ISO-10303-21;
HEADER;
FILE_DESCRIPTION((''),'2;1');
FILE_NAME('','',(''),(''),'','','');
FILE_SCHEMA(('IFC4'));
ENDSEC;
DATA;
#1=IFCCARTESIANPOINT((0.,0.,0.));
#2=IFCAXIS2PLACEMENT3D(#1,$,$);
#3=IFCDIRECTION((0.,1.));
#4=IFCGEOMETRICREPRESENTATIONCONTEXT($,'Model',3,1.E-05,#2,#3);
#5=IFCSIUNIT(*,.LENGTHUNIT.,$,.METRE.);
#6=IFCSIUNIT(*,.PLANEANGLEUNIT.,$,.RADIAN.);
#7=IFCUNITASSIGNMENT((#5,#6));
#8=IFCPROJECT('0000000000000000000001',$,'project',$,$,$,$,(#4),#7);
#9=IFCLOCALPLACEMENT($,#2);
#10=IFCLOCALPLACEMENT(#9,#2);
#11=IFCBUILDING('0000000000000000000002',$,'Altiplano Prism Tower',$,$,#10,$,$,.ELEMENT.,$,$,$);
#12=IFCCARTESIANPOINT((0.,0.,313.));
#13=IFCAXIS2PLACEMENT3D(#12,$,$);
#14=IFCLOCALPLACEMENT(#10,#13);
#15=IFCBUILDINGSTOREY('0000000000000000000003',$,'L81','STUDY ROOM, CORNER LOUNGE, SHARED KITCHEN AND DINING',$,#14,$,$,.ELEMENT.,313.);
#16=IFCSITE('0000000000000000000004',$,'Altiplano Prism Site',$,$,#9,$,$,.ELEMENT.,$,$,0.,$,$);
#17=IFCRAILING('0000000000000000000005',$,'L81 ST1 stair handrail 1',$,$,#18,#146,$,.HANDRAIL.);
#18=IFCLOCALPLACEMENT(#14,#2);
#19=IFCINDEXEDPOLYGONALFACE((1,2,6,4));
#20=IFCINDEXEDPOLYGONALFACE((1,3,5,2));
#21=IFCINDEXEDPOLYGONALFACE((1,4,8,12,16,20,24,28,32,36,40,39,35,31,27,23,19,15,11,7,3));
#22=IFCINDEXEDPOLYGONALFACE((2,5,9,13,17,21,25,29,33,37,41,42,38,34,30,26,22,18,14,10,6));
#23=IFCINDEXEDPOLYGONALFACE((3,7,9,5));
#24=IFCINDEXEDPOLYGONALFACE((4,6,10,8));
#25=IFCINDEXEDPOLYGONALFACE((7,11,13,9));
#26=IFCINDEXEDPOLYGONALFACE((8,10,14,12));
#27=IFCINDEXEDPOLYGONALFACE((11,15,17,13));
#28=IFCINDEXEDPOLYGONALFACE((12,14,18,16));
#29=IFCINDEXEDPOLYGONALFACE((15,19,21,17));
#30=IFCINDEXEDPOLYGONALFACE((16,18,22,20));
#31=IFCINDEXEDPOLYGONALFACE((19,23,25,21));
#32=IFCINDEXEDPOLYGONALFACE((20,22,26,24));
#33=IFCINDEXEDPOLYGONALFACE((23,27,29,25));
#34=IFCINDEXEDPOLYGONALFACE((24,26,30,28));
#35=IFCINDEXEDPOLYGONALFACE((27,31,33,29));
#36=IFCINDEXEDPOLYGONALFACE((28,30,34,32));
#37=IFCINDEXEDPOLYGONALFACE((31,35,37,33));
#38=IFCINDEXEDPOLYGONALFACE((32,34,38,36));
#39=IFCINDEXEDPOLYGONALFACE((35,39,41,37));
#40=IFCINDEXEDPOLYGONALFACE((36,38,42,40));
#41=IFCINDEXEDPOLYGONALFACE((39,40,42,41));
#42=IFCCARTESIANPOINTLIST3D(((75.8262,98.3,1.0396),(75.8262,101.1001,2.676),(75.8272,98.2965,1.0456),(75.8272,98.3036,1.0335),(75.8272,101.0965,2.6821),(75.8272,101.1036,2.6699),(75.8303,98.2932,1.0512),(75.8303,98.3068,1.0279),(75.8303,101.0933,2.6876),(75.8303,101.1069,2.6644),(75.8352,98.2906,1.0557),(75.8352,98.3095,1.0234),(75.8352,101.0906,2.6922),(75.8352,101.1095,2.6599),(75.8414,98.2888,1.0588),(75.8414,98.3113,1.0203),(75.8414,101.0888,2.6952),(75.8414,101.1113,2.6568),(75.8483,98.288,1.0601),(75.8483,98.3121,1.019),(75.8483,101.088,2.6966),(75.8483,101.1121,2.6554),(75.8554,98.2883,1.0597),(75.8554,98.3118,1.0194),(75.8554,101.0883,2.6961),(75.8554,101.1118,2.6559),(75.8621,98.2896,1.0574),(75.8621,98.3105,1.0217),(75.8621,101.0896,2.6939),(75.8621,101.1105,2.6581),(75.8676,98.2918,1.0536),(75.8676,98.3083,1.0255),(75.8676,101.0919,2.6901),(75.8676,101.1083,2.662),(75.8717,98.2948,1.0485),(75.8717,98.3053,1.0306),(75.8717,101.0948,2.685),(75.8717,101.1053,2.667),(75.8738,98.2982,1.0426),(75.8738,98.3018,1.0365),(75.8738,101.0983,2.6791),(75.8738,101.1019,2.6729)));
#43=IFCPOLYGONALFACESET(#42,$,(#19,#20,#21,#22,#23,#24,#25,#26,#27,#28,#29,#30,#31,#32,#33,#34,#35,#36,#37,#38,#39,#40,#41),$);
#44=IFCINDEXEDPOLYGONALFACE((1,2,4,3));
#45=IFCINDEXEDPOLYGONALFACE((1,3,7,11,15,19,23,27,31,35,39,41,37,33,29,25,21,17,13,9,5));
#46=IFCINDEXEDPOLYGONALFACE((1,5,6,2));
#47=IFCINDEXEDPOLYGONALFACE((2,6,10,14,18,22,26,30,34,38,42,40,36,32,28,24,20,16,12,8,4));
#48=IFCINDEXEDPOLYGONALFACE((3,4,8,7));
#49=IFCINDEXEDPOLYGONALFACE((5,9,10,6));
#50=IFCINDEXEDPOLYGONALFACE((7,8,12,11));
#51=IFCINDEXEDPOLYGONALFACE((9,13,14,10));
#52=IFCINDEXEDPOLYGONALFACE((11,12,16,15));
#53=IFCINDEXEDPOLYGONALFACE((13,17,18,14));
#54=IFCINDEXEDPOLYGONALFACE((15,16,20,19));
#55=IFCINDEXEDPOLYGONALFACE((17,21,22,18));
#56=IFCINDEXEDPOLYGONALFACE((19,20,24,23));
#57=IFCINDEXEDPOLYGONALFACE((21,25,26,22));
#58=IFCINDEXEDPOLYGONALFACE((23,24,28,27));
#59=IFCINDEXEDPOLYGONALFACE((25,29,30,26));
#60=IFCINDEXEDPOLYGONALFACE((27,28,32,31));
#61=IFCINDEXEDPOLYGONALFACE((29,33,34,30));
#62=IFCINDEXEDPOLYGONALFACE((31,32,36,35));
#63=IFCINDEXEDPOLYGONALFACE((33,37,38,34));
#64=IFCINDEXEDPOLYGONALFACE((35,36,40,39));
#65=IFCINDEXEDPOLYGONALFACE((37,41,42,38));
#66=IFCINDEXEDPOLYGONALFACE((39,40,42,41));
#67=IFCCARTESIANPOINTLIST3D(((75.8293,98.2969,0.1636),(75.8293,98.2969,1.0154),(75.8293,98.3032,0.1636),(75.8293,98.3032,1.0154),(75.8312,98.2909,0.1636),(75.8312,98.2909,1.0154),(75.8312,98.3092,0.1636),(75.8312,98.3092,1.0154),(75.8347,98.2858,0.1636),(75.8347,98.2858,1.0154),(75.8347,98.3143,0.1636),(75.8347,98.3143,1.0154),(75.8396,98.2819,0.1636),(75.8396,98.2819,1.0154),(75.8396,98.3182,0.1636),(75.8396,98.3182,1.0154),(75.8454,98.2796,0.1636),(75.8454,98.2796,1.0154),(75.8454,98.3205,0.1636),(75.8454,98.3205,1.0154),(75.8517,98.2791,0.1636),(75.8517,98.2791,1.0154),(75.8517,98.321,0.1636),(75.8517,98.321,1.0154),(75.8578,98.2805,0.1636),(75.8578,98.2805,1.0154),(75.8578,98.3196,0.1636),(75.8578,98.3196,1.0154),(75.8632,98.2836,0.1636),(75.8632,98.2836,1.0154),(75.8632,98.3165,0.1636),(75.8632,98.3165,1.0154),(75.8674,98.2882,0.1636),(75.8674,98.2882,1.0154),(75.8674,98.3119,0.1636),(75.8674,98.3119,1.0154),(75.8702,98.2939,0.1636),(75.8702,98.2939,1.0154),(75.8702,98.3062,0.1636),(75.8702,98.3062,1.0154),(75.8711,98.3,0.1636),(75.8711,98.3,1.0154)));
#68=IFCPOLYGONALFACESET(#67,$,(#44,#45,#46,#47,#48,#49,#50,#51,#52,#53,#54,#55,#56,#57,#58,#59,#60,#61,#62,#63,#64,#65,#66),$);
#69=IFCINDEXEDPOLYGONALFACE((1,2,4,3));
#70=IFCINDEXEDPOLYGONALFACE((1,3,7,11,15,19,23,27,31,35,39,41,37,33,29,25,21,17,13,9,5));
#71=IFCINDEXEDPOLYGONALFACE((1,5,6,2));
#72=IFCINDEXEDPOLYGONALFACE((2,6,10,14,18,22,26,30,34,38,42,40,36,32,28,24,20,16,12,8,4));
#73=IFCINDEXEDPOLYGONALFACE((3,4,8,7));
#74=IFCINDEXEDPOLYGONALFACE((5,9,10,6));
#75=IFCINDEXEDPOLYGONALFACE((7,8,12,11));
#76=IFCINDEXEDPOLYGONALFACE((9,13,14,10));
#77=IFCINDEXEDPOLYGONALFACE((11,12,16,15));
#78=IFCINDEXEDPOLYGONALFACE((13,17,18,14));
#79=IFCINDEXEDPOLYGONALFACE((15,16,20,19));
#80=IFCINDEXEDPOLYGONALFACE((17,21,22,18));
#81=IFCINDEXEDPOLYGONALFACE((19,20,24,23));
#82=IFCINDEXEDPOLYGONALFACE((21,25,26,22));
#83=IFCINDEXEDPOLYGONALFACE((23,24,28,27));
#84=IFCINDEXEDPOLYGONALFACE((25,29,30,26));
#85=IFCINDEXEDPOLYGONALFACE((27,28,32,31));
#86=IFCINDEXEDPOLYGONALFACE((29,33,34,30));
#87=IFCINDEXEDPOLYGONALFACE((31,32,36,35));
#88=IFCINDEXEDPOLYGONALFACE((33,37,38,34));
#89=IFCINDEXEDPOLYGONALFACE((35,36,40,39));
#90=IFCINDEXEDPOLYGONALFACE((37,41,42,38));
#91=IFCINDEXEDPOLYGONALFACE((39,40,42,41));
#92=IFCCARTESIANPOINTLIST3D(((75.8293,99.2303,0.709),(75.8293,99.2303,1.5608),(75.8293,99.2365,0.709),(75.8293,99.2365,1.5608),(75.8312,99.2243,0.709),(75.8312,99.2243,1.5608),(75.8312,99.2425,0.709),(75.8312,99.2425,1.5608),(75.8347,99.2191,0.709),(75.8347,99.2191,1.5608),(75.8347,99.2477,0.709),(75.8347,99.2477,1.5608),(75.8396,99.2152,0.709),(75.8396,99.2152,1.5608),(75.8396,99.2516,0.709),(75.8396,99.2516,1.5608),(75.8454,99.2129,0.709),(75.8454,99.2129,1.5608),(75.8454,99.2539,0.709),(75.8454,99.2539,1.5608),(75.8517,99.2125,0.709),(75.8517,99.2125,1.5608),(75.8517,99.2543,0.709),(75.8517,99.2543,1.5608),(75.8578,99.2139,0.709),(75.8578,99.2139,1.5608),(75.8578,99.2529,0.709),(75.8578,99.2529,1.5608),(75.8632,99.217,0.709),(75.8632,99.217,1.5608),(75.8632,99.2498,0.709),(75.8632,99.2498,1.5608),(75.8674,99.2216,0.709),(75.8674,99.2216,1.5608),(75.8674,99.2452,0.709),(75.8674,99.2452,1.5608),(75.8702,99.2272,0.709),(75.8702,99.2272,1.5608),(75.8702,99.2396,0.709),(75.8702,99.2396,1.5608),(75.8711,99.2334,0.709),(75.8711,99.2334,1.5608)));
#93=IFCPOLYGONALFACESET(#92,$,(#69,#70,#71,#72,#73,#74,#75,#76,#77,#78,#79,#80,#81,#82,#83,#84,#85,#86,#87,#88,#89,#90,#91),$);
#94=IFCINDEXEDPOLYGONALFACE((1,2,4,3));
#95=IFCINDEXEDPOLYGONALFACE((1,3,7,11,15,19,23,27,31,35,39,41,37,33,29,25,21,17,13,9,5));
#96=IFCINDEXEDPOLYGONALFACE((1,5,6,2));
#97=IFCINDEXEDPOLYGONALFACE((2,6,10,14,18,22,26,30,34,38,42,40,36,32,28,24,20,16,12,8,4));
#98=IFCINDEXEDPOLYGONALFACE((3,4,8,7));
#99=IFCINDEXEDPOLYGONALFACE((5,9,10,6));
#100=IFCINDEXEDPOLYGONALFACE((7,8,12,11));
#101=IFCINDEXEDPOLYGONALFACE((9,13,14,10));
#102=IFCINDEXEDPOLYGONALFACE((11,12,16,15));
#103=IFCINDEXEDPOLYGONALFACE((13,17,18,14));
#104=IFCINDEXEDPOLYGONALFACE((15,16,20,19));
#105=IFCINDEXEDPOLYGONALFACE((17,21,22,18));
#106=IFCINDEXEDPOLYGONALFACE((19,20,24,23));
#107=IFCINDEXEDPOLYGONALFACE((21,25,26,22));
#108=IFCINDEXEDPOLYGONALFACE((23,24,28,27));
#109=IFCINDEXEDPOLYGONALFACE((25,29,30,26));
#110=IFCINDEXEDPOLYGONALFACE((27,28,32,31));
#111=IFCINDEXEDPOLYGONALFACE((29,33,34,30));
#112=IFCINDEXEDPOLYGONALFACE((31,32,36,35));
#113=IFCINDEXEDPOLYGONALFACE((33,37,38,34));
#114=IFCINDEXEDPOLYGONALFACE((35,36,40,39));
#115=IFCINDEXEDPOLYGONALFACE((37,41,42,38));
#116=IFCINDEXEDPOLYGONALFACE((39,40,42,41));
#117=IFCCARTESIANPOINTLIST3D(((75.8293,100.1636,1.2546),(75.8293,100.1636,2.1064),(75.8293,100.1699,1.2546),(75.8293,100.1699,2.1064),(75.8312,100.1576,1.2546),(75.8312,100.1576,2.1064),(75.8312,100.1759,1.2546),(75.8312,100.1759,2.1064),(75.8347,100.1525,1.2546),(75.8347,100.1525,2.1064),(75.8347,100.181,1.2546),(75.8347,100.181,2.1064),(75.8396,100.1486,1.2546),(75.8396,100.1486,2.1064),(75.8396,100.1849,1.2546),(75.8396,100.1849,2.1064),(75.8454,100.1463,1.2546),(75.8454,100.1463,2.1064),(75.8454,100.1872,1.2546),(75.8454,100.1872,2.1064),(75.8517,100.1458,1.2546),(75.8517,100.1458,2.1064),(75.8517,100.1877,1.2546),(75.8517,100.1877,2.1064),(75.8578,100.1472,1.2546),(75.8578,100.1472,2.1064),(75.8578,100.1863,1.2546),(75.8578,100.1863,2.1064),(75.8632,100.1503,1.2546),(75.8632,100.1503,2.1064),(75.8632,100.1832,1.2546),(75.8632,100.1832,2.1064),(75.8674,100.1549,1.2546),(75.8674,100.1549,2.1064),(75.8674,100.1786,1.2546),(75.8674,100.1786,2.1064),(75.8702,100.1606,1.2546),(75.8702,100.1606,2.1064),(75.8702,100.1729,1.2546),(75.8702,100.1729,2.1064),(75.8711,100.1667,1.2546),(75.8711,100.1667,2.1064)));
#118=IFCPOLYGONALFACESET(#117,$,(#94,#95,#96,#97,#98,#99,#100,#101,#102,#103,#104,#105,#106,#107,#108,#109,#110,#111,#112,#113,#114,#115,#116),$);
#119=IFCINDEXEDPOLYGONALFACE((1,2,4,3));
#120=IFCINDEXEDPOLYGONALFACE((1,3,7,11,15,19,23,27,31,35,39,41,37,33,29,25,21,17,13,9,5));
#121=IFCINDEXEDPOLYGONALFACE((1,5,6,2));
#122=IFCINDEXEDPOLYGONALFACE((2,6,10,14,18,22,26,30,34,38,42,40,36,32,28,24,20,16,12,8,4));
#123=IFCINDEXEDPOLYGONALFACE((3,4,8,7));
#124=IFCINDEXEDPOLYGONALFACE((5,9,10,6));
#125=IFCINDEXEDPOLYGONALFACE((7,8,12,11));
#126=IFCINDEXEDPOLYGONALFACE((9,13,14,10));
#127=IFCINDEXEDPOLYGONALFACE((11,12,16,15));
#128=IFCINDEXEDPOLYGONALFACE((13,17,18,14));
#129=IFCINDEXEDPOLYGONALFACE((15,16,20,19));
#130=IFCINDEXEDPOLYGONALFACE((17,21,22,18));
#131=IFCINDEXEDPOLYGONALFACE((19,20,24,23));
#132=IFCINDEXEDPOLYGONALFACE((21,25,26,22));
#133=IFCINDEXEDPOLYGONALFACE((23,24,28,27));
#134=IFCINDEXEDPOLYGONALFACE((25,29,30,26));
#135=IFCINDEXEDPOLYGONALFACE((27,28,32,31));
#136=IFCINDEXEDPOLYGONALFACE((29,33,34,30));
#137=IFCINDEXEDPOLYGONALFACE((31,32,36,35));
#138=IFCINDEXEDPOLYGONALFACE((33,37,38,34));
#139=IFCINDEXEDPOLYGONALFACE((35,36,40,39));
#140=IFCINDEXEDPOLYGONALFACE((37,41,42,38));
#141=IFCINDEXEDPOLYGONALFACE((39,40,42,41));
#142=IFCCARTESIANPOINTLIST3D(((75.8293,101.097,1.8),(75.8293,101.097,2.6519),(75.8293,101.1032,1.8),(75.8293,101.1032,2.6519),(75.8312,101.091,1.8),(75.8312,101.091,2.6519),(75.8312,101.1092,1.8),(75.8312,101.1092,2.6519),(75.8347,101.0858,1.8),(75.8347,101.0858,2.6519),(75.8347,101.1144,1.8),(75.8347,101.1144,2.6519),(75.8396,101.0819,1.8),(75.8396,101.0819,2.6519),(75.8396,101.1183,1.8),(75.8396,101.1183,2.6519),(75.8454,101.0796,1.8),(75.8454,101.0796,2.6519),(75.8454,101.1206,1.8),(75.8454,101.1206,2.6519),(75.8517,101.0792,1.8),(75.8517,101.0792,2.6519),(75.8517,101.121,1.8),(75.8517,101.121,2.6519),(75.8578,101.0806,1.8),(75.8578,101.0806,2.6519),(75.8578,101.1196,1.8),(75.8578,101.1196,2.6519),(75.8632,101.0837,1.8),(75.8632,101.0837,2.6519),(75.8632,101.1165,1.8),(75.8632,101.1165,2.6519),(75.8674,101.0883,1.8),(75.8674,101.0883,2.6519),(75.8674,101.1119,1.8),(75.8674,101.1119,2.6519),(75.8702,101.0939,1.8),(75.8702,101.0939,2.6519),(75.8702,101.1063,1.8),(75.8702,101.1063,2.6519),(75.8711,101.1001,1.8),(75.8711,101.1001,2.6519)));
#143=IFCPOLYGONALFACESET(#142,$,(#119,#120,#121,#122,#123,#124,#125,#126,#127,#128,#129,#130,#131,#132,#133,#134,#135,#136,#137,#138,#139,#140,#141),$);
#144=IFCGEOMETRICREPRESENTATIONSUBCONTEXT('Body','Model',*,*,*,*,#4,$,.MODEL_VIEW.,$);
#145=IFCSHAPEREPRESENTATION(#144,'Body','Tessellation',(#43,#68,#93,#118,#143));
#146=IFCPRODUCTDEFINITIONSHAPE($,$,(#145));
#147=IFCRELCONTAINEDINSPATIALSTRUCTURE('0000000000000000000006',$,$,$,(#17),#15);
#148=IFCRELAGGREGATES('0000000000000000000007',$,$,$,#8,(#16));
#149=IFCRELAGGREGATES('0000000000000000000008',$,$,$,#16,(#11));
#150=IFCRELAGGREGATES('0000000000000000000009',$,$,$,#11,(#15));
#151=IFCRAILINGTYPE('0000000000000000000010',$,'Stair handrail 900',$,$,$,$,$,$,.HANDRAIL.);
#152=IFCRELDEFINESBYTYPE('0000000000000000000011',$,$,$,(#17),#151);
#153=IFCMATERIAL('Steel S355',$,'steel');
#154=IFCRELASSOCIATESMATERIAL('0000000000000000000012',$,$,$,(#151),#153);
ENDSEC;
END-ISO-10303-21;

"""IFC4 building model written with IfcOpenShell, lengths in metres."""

from ifc_helpers import new_model, si_unit, direction, frame, origin, origin_2d, place, context, subcontext, project, spatial, circle, extrude, material, type_object, element, save


model = new_model("IFC4")

# Units and contexts
model_context = context("Model", 3, precision=1e-05, world=origin(), true_north=direction((0.0, 1.0)))
body_context = subcontext(model_context, "Body", "Model", "MODEL_VIEW")
ifc_project = project(units=[si_unit("LENGTHUNIT", "METRE"), si_unit("PLANEANGLEUNIT", "RADIAN")], contexts=[model_context])

# Site, building, storey
site_placement = place(None, origin())
site = spatial("IfcSite", under=ifc_project, at=site_placement, Name="Altiplano Prism Site", CompositionType="ELEMENT", RefElevation=0.0)
building_placement = place(site_placement, origin())
building = spatial("IfcBuilding", under=site, at=building_placement, Name="Altiplano Prism Tower", CompositionType="ELEMENT")
storey_placement = place(building_placement, frame((0.0, 0.0, 313.0)))
storey = spatial("IfcBuildingStorey", under=building, at=storey_placement, Name="L81", Description="STUDY ROOM, CORNER LOUNGE, SHARED KITCHEN AND DINING", CompositionType="ELEMENT", Elevation=313.0)

# Railing
ifc_material_1 = material(Name="Steel S355", Category="steel")
railing_type = type_object("IfcRailingType", Name="Stair handrail 900", PredefinedType="HANDRAIL", material=ifc_material_1)
railing_1_placement = place(storey_placement, frame((75.8501, 98.3, 0.1636)))
element("IfcRailing", 1, at=railing_1_placement, inside=storey, type_object=railing_type, Name="L81 ST1 stair handrail 1", PredefinedType="HANDRAIL", context=body_context, shape_type="SweptSolid", body=[
    extrude(circle(Radius=0.0239, at=origin_2d()), frame((0.0, 0.0, 0.876), z_axis=(0.0, 0.863361, 0.504587), x_axis=(-1.0, 0.0, 0.0)), (0.0, 0.0, 1.0), 3.2432),
    extrude(circle(Radius=0.021, at=origin_2d()), origin(), (0.0, 0.0, 1.0), 0.8518),
    extrude(circle(Radius=0.021, at=origin_2d()), frame((0.0, 0.9333, 0.5454)), (0.0, 0.0, 1.0), 0.8518),
    extrude(circle(Radius=0.021, at=origin_2d()), frame((0.0, 1.8667, 1.0911)), (0.0, 0.0, 1.0), 0.8518),
    extrude(circle(Radius=0.021, at=origin_2d()), frame((0.0, 2.8, 1.6365)), (0.0, 0.0, 1.0), 0.8518),
])

save(model, "model.ifc")
